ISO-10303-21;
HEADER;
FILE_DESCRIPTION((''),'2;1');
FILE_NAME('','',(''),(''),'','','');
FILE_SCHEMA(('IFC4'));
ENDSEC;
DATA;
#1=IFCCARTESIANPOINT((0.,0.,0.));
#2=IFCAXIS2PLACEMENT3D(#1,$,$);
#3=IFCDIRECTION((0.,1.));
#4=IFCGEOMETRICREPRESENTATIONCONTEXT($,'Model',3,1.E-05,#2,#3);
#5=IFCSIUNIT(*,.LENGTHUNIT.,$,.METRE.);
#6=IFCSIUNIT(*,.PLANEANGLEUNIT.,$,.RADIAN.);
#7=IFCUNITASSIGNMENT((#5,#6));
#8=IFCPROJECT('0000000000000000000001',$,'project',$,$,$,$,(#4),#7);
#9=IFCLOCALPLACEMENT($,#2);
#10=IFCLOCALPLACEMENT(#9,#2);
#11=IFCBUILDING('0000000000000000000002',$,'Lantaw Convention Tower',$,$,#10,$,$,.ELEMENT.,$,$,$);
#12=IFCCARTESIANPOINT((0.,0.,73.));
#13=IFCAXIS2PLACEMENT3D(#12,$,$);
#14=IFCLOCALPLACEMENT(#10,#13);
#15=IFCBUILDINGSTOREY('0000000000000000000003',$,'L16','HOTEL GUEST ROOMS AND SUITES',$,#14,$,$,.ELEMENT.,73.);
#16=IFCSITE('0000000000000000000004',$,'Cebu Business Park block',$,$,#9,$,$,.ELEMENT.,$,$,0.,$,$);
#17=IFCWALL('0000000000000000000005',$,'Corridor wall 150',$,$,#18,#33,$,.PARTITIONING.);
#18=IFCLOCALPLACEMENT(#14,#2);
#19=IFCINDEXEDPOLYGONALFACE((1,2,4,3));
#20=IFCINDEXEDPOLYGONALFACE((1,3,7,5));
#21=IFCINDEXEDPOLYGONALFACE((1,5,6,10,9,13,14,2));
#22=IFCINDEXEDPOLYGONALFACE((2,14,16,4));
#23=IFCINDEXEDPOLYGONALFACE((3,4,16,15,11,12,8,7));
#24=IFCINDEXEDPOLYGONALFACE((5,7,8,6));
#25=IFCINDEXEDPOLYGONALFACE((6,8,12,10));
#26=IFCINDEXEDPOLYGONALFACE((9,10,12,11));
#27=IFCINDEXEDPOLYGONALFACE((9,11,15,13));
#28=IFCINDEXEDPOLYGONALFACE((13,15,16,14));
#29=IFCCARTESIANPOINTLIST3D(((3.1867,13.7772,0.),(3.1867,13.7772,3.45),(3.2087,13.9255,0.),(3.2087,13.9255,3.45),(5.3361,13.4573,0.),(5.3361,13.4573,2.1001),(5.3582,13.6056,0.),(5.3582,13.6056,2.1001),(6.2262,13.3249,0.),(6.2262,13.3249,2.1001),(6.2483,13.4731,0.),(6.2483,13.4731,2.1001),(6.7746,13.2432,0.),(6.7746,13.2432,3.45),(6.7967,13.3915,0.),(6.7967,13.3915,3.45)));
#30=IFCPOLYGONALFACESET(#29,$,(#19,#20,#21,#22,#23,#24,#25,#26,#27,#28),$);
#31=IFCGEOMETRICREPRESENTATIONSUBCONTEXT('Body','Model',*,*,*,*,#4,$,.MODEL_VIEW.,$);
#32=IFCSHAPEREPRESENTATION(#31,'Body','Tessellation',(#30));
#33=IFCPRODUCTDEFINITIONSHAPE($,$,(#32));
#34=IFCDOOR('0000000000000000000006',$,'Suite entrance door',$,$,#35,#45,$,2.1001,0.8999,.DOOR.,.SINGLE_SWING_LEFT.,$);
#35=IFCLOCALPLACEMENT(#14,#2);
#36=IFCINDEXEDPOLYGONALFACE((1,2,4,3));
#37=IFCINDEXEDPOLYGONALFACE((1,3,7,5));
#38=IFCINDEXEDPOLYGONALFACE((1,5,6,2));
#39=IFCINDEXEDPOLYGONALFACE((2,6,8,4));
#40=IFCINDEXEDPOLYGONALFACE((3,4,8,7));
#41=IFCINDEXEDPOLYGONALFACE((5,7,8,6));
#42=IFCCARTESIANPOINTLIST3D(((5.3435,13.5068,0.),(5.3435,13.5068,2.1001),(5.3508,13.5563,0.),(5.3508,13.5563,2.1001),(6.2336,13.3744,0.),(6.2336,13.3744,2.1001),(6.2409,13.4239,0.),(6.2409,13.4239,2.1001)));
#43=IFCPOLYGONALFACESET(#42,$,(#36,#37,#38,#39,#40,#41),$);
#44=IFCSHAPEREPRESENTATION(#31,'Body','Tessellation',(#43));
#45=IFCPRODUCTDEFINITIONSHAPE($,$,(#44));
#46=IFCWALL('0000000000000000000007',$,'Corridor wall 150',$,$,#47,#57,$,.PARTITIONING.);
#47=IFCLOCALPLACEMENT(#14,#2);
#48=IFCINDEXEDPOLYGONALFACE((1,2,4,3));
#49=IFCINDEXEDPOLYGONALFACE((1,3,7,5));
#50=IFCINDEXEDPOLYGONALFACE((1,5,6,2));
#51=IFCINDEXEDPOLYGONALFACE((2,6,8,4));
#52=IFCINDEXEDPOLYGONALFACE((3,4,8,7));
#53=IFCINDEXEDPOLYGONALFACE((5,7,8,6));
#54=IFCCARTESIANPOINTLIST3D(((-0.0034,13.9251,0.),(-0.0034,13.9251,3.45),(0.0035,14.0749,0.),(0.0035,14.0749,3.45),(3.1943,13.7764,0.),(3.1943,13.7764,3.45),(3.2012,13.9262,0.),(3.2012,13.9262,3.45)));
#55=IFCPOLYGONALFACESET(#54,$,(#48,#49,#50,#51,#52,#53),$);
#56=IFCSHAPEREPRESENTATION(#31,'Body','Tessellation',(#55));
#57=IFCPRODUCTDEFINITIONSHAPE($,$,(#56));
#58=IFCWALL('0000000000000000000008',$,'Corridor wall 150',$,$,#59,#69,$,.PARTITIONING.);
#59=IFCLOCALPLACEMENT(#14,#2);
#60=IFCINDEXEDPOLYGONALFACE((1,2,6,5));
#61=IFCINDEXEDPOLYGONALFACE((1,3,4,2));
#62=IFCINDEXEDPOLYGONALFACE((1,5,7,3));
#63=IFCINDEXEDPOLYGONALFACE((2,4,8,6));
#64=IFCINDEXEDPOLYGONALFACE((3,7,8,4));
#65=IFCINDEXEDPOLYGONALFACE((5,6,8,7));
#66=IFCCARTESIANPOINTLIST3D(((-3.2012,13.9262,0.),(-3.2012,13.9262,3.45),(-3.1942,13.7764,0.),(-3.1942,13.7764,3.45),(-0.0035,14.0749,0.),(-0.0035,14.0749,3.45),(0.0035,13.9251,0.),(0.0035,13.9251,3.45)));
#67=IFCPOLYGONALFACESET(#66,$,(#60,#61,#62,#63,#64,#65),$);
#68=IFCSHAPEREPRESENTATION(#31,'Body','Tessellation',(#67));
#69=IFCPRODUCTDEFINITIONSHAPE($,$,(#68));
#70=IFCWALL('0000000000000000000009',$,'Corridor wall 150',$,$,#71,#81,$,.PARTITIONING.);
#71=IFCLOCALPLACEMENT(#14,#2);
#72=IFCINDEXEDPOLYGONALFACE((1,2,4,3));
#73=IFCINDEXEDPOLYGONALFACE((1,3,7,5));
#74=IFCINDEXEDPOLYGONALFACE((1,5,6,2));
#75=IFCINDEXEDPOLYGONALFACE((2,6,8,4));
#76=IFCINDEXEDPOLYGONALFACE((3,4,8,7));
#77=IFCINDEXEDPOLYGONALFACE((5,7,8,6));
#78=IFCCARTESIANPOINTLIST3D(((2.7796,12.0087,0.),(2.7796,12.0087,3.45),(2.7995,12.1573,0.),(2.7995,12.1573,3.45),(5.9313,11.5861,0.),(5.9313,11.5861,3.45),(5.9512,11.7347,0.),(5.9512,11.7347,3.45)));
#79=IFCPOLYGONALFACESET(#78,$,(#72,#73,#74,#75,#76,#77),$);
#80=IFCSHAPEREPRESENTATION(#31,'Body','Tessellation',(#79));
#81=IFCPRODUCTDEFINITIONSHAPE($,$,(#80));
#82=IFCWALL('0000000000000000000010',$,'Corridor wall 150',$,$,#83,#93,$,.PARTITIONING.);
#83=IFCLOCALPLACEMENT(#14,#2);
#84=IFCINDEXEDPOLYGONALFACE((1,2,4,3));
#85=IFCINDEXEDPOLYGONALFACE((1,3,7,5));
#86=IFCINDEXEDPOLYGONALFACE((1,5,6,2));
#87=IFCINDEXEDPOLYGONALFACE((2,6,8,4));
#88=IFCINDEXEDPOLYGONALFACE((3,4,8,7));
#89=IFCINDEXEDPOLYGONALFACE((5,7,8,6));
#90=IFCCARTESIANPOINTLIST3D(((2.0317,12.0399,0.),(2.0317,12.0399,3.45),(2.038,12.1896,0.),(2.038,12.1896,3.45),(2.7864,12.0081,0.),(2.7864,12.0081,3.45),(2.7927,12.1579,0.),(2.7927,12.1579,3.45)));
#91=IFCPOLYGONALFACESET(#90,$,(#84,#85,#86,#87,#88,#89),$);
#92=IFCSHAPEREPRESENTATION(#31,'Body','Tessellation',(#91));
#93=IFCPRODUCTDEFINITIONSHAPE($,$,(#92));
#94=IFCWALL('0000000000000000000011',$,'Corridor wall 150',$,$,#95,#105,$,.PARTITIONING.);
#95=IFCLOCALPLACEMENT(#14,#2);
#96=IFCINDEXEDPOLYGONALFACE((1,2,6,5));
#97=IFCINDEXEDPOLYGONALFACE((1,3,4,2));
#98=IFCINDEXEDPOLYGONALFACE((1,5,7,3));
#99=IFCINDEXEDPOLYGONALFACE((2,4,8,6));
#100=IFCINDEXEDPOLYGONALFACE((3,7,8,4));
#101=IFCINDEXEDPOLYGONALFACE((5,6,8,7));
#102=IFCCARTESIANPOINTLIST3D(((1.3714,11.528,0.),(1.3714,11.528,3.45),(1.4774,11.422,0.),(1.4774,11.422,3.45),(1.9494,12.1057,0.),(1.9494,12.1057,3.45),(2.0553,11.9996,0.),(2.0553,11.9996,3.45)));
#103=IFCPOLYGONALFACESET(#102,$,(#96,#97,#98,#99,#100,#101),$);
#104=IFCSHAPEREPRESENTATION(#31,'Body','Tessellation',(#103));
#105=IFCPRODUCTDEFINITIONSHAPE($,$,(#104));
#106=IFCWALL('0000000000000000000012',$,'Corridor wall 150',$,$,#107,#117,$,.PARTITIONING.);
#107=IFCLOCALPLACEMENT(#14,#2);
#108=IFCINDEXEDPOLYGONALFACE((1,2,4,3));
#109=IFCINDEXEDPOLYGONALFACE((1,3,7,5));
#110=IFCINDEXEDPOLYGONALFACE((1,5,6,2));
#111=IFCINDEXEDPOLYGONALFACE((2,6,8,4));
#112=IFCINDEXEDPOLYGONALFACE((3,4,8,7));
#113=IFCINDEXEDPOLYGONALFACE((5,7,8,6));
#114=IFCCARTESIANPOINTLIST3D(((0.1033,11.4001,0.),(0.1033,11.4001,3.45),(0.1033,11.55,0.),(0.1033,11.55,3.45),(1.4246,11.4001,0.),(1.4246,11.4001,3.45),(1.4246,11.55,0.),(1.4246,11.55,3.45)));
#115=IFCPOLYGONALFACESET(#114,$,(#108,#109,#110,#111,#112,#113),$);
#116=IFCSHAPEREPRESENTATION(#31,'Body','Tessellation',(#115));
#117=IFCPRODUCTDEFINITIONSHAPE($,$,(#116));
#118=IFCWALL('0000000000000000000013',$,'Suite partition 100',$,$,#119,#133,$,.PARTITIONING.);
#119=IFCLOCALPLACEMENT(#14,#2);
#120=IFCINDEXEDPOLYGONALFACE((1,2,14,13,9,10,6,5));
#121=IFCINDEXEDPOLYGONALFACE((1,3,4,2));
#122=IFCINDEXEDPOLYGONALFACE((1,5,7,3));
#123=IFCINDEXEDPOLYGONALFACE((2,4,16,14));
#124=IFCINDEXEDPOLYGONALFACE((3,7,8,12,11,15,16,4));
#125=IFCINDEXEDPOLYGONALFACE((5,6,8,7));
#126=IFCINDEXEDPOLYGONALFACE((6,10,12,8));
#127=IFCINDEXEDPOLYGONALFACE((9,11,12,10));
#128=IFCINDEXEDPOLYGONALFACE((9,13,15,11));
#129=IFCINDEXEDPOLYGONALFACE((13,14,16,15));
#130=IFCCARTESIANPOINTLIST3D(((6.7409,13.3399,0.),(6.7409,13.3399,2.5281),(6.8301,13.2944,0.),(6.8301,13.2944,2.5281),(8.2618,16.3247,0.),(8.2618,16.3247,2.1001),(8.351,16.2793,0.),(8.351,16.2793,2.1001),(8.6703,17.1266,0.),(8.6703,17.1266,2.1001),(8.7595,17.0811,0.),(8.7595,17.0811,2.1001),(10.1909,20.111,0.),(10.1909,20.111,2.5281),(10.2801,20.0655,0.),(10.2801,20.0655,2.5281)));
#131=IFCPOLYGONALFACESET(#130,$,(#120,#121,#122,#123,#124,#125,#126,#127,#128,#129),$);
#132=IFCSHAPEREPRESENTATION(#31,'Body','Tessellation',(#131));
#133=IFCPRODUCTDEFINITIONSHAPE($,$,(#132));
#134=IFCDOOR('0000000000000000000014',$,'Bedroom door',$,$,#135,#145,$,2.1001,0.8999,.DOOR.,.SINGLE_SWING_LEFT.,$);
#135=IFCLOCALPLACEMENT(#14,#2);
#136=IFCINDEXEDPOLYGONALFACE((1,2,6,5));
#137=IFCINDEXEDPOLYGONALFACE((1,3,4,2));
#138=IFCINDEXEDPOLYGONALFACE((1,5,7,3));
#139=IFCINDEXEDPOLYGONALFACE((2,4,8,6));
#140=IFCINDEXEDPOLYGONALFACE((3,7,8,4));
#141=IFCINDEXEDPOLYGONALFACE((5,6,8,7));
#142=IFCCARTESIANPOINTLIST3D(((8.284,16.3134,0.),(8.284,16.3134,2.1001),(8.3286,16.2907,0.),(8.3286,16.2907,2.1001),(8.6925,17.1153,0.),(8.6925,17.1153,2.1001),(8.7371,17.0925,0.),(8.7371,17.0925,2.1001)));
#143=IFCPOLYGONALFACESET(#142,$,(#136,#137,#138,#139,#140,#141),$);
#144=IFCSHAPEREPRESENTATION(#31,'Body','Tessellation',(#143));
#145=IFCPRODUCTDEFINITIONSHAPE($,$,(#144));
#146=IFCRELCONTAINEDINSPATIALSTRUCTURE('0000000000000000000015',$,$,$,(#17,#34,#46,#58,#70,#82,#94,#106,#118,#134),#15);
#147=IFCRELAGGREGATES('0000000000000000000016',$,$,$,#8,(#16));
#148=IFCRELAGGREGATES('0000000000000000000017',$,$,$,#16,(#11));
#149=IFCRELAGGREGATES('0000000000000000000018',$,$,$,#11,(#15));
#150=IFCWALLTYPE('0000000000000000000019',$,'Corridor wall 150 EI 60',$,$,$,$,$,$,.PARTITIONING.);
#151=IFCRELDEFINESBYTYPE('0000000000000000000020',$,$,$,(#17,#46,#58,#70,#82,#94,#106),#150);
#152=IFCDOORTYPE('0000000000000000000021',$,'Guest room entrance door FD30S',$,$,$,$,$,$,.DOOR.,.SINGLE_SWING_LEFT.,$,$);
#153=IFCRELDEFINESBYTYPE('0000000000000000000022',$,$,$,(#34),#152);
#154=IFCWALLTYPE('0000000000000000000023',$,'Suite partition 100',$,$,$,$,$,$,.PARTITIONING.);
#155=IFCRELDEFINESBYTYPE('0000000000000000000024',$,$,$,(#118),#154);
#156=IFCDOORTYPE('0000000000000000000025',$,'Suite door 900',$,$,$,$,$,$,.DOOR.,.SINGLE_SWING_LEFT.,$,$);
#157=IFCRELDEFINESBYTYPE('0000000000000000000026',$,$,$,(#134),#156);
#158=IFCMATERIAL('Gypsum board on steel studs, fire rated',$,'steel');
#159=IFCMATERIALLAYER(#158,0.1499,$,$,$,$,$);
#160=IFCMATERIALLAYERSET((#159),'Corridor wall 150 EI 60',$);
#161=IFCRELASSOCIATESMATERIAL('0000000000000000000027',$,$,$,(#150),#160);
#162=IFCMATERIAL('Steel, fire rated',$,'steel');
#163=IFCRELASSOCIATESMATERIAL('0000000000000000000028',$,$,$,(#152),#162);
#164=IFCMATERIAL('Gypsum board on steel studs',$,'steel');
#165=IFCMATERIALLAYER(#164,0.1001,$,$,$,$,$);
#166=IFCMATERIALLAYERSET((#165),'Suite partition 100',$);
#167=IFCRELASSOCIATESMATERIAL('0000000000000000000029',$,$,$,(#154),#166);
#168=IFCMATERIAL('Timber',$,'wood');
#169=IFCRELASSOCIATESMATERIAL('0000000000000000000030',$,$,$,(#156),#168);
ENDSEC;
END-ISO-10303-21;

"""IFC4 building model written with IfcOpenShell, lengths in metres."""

from ifc_helpers import new_model, si_unit, direction, frame, frame_2d, origin, place, context, subcontext, project, spatial, rectangle, extrude, material, layer, layer_set, type_object, element, fill, save


model = new_model("IFC4")

# Units and contexts
model_context = context("Model", 3, precision=1e-05, world=origin(), true_north=direction((0.0, 1.0)))
body_context = subcontext(model_context, "Body", "Model", "MODEL_VIEW")
ifc_project = project(units=[si_unit("LENGTHUNIT", "METRE"), si_unit("PLANEANGLEUNIT", "RADIAN")], contexts=[model_context])

# Site, building, storey
site_placement = place(None, origin())
site = spatial("IfcSite", under=ifc_project, at=site_placement, Name="Cebu Business Park block", CompositionType="ELEMENT", RefElevation=0.0)
building_placement = place(site_placement, origin())
building = spatial("IfcBuilding", under=site, at=building_placement, Name="Lantaw Convention Tower", CompositionType="ELEMENT")
storey_placement = place(building_placement, frame((0.0, 0.0, 73.0)))
storey = spatial("IfcBuildingStorey", under=building, at=storey_placement, Name="L16", Description="HOTEL GUEST ROOMS AND SUITES", CompositionType="ELEMENT", Elevation=73.0)

# Shared definitions
ifc_material_1 = material(Name="Timber", Category="wood")

# Shared definitions
ifc_material_2 = material(Name="Gypsum board on steel studs, fire rated", Category="steel")
ifc_layer_1 = layer(ifc_material_2, 0.1499)
ifc_layer_set_1 = layer_set([ifc_layer_1], Name="Corridor wall 150 EI 60")
wall_type_1 = type_object("IfcWallType", Name="Corridor wall 150 EI 60", PredefinedType="PARTITIONING", material=ifc_layer_set_1)

# Wall, opening, door
wall_1_placement = place(storey_placement, frame((6.7856, 13.3174, 0.0), z_axis=(0.0, 0.0, 1.0), x_axis=(-0.989107, 0.147195, 0.0)))
wall_1 = element("IfcWall", 1, at=wall_1_placement, inside=storey, type_object=wall_type_1, Name="Corridor wall 150", PredefinedType="PARTITIONING", context=body_context, shape_type="SweptSolid", body=[
    extrude(rectangle(XDim=3.6274, YDim=0.1499, at=frame_2d((1.8137, 0.0))), origin(), (0.0, 0.0, 1.0), 3.45),
])
opening_1_placement = place(wall_1_placement, frame((0.5544, 0.0, 0.0)))
opening_1 = element("IfcOpeningElement", 2, at=opening_1_placement, cuts=wall_1, PredefinedType="OPENING", context=body_context, shape_type="SweptSolid", body=[
    extrude(rectangle(XDim=0.8999, YDim=2.1001, at=frame_2d((0.45, 1.05))), frame((0.0, 0.085, 0.0), z_axis=(0.0, -1.0, 0.0), x_axis=(1.0, 0.0, 0.0)), (0.0, 0.0, 1.0), 0.1699),
])
ifc_material_3 = material(Name="Steel, fire rated", Category="steel")
door_type_1 = type_object("IfcDoorType", Name="Guest room entrance door FD30S", OperationType="SINGLE_SWING_LEFT", PredefinedType="DOOR", material=ifc_material_3)
door_1_placement = place(opening_1_placement, origin())
door_1 = element("IfcDoor", 3, at=door_1_placement, inside=storey, type_object=door_type_1, Name="Suite entrance door", OperationType="SINGLE_SWING_LEFT", OverallHeight=2.1001, OverallWidth=0.8999, PredefinedType="DOOR", context=body_context, shape_type="SweptSolid", body=[
    extrude(rectangle(XDim=0.8999, YDim=2.1001, at=frame_2d((0.45, 1.05))), frame((0.0, 0.0249, 0.0), z_axis=(0.0, -1.0, 0.0), x_axis=(1.0, 0.0, 0.0)), (0.0, 0.0, 1.0), 0.05),
])
fill(opening_1, door_1)

# Walls
for number, where, z_axis, x_axis, name in (
    (4, (3.1978, 13.8513, 0.0), (0.0, 0.0, 1.0), (-0.998921, 0.046445, 0.0), "Corridor wall 150"),
    (5, (0.0, 14.0, 0.0), (0.0, 0.0, 1.0), (-0.998921, -0.046445, 0.0), "Corridor wall 150"),
):
    element("IfcWall", number, at=place(storey_placement, frame(where, z_axis=z_axis, x_axis=x_axis)), inside=storey, type_object=wall_type_1, Name=name, PredefinedType="PARTITIONING", context=body_context, shape_type="SweptSolid", body=[
        extrude(rectangle(XDim=3.2012, YDim=0.1499, at=frame_2d((1.6006, 0.0))), origin(), (0.0, 0.0, 1.0), 3.45),
    ])
wall_2_placement = place(storey_placement, frame((5.9412, 11.6604, 0.0), z_axis=(0.0, 0.0, 1.0), x_axis=(-0.991129, 0.132903, 0.0)))
element("IfcWall", 6, at=wall_2_placement, inside=storey, type_object=wall_type_1, Name="Corridor wall 150", PredefinedType="PARTITIONING", context=body_context, shape_type="SweptSolid", body=[
    extrude(rectangle(XDim=3.1799, YDim=0.1499, at=frame_2d((1.5898, 0.0))), origin(), (0.0, 0.0, 1.0), 3.45),
])
wall_3_placement = place(storey_placement, frame((2.7896, 12.083, 0.0), z_axis=(0.0, 0.0, 1.0), x_axis=(-0.999117, 0.04202, 0.0)))
element("IfcWall", 7, at=wall_3_placement, inside=storey, type_object=wall_type_1, Name="Corridor wall 150", PredefinedType="PARTITIONING", context=body_context, shape_type="SweptSolid", body=[
    extrude(rectangle(XDim=0.7554, YDim=0.1499, at=frame_2d((0.3777, 0.0))), origin(), (0.0, 0.0, 1.0), 3.45),
])
wall_4_placement = place(storey_placement, frame((2.0024, 12.0527, 0.0), z_axis=(0.0, 0.0, 1.0), x_axis=(-0.707256, -0.706957, 0.0)))
element("IfcWall", 8, at=wall_4_placement, inside=storey, type_object=wall_type_1, Name="Corridor wall 150", PredefinedType="PARTITIONING", context=body_context, shape_type="SweptSolid", body=[
    extrude(rectangle(XDim=0.8171, YDim=0.1499, at=frame_2d((0.4087, 0.0))), origin(), (0.0, 0.0, 1.0), 3.45),
])
wall_5_placement = place(storey_placement, frame((1.4246, 11.4751, 0.0), z_axis=(0.0, 0.0, 1.0), x_axis=(-1.0, 0.0, 0.0)))
element("IfcWall", 9, at=wall_5_placement, inside=storey, type_object=wall_type_1, Name="Corridor wall 150", PredefinedType="PARTITIONING", context=body_context, shape_type="SweptSolid", body=[
    extrude(rectangle(XDim=1.3213, YDim=0.1499, at=frame_2d((0.6606, 0.0))), origin(), (0.0, 0.0, 1.0), 3.45),
])

# Wall, opening, door
ifc_material_4 = material(Name="Gypsum board on steel studs", Category="steel")
ifc_layer_2 = layer(ifc_material_4, 0.1001)
ifc_layer_set_2 = layer_set([ifc_layer_2], Name="Suite partition 100")
wall_type_2 = type_object("IfcWallType", Name="Suite partition 100", PredefinedType="PARTITIONING", material=ifc_layer_set_2)
wall_6_placement = place(storey_placement, frame((10.2356, 20.0884, 0.0), z_axis=(0.0, 0.0, 1.0), x_axis=(-0.453986, -0.891009, 0.0)))
wall_6 = element("IfcWall", 10, at=wall_6_placement, inside=storey, type_object=wall_type_2, Name="Suite partition 100", PredefinedType="PARTITIONING", context=body_context, shape_type="SweptSolid", body=[
    extrude(rectangle(XDim=7.5994, YDim=0.1001, at=frame_2d((3.7998, 0.0))), origin(), (0.0, 0.0, 1.0), 2.5281),
])
opening_2_placement = place(wall_6_placement, frame((3.3496, 0.0, 0.0)))
opening_2 = element("IfcOpeningElement", 11, at=opening_2_placement, cuts=wall_6, PredefinedType="OPENING", context=body_context, shape_type="SweptSolid", body=[
    extrude(rectangle(XDim=0.8999, YDim=2.1001, at=frame_2d((0.45, 1.05))), frame((0.0, 0.0601, 0.0), z_axis=(0.0, -1.0, 0.0), x_axis=(1.0, 0.0, 0.0)), (0.0, 0.0, 1.0), 0.1201),
])
door_type_2 = type_object("IfcDoorType", Name="Suite door 900", OperationType="SINGLE_SWING_LEFT", PredefinedType="DOOR", material=ifc_material_1)
door_2_placement = place(opening_2_placement, origin())
door_2 = element("IfcDoor", 12, at=door_2_placement, inside=storey, type_object=door_type_2, Name="Bedroom door", OperationType="SINGLE_SWING_LEFT", OverallHeight=2.1001, OverallWidth=0.8999, PredefinedType="DOOR", context=body_context, shape_type="SweptSolid", body=[
    extrude(rectangle(XDim=0.8999, YDim=2.1001, at=frame_2d((0.45, 1.05))), frame((0.0, 0.0249, 0.0), z_axis=(0.0, -1.0, 0.0), x_axis=(1.0, 0.0, 0.0)), (0.0, 0.0, 1.0), 0.05),
])
fill(opening_2, door_2)

save(model, "model.ifc")
